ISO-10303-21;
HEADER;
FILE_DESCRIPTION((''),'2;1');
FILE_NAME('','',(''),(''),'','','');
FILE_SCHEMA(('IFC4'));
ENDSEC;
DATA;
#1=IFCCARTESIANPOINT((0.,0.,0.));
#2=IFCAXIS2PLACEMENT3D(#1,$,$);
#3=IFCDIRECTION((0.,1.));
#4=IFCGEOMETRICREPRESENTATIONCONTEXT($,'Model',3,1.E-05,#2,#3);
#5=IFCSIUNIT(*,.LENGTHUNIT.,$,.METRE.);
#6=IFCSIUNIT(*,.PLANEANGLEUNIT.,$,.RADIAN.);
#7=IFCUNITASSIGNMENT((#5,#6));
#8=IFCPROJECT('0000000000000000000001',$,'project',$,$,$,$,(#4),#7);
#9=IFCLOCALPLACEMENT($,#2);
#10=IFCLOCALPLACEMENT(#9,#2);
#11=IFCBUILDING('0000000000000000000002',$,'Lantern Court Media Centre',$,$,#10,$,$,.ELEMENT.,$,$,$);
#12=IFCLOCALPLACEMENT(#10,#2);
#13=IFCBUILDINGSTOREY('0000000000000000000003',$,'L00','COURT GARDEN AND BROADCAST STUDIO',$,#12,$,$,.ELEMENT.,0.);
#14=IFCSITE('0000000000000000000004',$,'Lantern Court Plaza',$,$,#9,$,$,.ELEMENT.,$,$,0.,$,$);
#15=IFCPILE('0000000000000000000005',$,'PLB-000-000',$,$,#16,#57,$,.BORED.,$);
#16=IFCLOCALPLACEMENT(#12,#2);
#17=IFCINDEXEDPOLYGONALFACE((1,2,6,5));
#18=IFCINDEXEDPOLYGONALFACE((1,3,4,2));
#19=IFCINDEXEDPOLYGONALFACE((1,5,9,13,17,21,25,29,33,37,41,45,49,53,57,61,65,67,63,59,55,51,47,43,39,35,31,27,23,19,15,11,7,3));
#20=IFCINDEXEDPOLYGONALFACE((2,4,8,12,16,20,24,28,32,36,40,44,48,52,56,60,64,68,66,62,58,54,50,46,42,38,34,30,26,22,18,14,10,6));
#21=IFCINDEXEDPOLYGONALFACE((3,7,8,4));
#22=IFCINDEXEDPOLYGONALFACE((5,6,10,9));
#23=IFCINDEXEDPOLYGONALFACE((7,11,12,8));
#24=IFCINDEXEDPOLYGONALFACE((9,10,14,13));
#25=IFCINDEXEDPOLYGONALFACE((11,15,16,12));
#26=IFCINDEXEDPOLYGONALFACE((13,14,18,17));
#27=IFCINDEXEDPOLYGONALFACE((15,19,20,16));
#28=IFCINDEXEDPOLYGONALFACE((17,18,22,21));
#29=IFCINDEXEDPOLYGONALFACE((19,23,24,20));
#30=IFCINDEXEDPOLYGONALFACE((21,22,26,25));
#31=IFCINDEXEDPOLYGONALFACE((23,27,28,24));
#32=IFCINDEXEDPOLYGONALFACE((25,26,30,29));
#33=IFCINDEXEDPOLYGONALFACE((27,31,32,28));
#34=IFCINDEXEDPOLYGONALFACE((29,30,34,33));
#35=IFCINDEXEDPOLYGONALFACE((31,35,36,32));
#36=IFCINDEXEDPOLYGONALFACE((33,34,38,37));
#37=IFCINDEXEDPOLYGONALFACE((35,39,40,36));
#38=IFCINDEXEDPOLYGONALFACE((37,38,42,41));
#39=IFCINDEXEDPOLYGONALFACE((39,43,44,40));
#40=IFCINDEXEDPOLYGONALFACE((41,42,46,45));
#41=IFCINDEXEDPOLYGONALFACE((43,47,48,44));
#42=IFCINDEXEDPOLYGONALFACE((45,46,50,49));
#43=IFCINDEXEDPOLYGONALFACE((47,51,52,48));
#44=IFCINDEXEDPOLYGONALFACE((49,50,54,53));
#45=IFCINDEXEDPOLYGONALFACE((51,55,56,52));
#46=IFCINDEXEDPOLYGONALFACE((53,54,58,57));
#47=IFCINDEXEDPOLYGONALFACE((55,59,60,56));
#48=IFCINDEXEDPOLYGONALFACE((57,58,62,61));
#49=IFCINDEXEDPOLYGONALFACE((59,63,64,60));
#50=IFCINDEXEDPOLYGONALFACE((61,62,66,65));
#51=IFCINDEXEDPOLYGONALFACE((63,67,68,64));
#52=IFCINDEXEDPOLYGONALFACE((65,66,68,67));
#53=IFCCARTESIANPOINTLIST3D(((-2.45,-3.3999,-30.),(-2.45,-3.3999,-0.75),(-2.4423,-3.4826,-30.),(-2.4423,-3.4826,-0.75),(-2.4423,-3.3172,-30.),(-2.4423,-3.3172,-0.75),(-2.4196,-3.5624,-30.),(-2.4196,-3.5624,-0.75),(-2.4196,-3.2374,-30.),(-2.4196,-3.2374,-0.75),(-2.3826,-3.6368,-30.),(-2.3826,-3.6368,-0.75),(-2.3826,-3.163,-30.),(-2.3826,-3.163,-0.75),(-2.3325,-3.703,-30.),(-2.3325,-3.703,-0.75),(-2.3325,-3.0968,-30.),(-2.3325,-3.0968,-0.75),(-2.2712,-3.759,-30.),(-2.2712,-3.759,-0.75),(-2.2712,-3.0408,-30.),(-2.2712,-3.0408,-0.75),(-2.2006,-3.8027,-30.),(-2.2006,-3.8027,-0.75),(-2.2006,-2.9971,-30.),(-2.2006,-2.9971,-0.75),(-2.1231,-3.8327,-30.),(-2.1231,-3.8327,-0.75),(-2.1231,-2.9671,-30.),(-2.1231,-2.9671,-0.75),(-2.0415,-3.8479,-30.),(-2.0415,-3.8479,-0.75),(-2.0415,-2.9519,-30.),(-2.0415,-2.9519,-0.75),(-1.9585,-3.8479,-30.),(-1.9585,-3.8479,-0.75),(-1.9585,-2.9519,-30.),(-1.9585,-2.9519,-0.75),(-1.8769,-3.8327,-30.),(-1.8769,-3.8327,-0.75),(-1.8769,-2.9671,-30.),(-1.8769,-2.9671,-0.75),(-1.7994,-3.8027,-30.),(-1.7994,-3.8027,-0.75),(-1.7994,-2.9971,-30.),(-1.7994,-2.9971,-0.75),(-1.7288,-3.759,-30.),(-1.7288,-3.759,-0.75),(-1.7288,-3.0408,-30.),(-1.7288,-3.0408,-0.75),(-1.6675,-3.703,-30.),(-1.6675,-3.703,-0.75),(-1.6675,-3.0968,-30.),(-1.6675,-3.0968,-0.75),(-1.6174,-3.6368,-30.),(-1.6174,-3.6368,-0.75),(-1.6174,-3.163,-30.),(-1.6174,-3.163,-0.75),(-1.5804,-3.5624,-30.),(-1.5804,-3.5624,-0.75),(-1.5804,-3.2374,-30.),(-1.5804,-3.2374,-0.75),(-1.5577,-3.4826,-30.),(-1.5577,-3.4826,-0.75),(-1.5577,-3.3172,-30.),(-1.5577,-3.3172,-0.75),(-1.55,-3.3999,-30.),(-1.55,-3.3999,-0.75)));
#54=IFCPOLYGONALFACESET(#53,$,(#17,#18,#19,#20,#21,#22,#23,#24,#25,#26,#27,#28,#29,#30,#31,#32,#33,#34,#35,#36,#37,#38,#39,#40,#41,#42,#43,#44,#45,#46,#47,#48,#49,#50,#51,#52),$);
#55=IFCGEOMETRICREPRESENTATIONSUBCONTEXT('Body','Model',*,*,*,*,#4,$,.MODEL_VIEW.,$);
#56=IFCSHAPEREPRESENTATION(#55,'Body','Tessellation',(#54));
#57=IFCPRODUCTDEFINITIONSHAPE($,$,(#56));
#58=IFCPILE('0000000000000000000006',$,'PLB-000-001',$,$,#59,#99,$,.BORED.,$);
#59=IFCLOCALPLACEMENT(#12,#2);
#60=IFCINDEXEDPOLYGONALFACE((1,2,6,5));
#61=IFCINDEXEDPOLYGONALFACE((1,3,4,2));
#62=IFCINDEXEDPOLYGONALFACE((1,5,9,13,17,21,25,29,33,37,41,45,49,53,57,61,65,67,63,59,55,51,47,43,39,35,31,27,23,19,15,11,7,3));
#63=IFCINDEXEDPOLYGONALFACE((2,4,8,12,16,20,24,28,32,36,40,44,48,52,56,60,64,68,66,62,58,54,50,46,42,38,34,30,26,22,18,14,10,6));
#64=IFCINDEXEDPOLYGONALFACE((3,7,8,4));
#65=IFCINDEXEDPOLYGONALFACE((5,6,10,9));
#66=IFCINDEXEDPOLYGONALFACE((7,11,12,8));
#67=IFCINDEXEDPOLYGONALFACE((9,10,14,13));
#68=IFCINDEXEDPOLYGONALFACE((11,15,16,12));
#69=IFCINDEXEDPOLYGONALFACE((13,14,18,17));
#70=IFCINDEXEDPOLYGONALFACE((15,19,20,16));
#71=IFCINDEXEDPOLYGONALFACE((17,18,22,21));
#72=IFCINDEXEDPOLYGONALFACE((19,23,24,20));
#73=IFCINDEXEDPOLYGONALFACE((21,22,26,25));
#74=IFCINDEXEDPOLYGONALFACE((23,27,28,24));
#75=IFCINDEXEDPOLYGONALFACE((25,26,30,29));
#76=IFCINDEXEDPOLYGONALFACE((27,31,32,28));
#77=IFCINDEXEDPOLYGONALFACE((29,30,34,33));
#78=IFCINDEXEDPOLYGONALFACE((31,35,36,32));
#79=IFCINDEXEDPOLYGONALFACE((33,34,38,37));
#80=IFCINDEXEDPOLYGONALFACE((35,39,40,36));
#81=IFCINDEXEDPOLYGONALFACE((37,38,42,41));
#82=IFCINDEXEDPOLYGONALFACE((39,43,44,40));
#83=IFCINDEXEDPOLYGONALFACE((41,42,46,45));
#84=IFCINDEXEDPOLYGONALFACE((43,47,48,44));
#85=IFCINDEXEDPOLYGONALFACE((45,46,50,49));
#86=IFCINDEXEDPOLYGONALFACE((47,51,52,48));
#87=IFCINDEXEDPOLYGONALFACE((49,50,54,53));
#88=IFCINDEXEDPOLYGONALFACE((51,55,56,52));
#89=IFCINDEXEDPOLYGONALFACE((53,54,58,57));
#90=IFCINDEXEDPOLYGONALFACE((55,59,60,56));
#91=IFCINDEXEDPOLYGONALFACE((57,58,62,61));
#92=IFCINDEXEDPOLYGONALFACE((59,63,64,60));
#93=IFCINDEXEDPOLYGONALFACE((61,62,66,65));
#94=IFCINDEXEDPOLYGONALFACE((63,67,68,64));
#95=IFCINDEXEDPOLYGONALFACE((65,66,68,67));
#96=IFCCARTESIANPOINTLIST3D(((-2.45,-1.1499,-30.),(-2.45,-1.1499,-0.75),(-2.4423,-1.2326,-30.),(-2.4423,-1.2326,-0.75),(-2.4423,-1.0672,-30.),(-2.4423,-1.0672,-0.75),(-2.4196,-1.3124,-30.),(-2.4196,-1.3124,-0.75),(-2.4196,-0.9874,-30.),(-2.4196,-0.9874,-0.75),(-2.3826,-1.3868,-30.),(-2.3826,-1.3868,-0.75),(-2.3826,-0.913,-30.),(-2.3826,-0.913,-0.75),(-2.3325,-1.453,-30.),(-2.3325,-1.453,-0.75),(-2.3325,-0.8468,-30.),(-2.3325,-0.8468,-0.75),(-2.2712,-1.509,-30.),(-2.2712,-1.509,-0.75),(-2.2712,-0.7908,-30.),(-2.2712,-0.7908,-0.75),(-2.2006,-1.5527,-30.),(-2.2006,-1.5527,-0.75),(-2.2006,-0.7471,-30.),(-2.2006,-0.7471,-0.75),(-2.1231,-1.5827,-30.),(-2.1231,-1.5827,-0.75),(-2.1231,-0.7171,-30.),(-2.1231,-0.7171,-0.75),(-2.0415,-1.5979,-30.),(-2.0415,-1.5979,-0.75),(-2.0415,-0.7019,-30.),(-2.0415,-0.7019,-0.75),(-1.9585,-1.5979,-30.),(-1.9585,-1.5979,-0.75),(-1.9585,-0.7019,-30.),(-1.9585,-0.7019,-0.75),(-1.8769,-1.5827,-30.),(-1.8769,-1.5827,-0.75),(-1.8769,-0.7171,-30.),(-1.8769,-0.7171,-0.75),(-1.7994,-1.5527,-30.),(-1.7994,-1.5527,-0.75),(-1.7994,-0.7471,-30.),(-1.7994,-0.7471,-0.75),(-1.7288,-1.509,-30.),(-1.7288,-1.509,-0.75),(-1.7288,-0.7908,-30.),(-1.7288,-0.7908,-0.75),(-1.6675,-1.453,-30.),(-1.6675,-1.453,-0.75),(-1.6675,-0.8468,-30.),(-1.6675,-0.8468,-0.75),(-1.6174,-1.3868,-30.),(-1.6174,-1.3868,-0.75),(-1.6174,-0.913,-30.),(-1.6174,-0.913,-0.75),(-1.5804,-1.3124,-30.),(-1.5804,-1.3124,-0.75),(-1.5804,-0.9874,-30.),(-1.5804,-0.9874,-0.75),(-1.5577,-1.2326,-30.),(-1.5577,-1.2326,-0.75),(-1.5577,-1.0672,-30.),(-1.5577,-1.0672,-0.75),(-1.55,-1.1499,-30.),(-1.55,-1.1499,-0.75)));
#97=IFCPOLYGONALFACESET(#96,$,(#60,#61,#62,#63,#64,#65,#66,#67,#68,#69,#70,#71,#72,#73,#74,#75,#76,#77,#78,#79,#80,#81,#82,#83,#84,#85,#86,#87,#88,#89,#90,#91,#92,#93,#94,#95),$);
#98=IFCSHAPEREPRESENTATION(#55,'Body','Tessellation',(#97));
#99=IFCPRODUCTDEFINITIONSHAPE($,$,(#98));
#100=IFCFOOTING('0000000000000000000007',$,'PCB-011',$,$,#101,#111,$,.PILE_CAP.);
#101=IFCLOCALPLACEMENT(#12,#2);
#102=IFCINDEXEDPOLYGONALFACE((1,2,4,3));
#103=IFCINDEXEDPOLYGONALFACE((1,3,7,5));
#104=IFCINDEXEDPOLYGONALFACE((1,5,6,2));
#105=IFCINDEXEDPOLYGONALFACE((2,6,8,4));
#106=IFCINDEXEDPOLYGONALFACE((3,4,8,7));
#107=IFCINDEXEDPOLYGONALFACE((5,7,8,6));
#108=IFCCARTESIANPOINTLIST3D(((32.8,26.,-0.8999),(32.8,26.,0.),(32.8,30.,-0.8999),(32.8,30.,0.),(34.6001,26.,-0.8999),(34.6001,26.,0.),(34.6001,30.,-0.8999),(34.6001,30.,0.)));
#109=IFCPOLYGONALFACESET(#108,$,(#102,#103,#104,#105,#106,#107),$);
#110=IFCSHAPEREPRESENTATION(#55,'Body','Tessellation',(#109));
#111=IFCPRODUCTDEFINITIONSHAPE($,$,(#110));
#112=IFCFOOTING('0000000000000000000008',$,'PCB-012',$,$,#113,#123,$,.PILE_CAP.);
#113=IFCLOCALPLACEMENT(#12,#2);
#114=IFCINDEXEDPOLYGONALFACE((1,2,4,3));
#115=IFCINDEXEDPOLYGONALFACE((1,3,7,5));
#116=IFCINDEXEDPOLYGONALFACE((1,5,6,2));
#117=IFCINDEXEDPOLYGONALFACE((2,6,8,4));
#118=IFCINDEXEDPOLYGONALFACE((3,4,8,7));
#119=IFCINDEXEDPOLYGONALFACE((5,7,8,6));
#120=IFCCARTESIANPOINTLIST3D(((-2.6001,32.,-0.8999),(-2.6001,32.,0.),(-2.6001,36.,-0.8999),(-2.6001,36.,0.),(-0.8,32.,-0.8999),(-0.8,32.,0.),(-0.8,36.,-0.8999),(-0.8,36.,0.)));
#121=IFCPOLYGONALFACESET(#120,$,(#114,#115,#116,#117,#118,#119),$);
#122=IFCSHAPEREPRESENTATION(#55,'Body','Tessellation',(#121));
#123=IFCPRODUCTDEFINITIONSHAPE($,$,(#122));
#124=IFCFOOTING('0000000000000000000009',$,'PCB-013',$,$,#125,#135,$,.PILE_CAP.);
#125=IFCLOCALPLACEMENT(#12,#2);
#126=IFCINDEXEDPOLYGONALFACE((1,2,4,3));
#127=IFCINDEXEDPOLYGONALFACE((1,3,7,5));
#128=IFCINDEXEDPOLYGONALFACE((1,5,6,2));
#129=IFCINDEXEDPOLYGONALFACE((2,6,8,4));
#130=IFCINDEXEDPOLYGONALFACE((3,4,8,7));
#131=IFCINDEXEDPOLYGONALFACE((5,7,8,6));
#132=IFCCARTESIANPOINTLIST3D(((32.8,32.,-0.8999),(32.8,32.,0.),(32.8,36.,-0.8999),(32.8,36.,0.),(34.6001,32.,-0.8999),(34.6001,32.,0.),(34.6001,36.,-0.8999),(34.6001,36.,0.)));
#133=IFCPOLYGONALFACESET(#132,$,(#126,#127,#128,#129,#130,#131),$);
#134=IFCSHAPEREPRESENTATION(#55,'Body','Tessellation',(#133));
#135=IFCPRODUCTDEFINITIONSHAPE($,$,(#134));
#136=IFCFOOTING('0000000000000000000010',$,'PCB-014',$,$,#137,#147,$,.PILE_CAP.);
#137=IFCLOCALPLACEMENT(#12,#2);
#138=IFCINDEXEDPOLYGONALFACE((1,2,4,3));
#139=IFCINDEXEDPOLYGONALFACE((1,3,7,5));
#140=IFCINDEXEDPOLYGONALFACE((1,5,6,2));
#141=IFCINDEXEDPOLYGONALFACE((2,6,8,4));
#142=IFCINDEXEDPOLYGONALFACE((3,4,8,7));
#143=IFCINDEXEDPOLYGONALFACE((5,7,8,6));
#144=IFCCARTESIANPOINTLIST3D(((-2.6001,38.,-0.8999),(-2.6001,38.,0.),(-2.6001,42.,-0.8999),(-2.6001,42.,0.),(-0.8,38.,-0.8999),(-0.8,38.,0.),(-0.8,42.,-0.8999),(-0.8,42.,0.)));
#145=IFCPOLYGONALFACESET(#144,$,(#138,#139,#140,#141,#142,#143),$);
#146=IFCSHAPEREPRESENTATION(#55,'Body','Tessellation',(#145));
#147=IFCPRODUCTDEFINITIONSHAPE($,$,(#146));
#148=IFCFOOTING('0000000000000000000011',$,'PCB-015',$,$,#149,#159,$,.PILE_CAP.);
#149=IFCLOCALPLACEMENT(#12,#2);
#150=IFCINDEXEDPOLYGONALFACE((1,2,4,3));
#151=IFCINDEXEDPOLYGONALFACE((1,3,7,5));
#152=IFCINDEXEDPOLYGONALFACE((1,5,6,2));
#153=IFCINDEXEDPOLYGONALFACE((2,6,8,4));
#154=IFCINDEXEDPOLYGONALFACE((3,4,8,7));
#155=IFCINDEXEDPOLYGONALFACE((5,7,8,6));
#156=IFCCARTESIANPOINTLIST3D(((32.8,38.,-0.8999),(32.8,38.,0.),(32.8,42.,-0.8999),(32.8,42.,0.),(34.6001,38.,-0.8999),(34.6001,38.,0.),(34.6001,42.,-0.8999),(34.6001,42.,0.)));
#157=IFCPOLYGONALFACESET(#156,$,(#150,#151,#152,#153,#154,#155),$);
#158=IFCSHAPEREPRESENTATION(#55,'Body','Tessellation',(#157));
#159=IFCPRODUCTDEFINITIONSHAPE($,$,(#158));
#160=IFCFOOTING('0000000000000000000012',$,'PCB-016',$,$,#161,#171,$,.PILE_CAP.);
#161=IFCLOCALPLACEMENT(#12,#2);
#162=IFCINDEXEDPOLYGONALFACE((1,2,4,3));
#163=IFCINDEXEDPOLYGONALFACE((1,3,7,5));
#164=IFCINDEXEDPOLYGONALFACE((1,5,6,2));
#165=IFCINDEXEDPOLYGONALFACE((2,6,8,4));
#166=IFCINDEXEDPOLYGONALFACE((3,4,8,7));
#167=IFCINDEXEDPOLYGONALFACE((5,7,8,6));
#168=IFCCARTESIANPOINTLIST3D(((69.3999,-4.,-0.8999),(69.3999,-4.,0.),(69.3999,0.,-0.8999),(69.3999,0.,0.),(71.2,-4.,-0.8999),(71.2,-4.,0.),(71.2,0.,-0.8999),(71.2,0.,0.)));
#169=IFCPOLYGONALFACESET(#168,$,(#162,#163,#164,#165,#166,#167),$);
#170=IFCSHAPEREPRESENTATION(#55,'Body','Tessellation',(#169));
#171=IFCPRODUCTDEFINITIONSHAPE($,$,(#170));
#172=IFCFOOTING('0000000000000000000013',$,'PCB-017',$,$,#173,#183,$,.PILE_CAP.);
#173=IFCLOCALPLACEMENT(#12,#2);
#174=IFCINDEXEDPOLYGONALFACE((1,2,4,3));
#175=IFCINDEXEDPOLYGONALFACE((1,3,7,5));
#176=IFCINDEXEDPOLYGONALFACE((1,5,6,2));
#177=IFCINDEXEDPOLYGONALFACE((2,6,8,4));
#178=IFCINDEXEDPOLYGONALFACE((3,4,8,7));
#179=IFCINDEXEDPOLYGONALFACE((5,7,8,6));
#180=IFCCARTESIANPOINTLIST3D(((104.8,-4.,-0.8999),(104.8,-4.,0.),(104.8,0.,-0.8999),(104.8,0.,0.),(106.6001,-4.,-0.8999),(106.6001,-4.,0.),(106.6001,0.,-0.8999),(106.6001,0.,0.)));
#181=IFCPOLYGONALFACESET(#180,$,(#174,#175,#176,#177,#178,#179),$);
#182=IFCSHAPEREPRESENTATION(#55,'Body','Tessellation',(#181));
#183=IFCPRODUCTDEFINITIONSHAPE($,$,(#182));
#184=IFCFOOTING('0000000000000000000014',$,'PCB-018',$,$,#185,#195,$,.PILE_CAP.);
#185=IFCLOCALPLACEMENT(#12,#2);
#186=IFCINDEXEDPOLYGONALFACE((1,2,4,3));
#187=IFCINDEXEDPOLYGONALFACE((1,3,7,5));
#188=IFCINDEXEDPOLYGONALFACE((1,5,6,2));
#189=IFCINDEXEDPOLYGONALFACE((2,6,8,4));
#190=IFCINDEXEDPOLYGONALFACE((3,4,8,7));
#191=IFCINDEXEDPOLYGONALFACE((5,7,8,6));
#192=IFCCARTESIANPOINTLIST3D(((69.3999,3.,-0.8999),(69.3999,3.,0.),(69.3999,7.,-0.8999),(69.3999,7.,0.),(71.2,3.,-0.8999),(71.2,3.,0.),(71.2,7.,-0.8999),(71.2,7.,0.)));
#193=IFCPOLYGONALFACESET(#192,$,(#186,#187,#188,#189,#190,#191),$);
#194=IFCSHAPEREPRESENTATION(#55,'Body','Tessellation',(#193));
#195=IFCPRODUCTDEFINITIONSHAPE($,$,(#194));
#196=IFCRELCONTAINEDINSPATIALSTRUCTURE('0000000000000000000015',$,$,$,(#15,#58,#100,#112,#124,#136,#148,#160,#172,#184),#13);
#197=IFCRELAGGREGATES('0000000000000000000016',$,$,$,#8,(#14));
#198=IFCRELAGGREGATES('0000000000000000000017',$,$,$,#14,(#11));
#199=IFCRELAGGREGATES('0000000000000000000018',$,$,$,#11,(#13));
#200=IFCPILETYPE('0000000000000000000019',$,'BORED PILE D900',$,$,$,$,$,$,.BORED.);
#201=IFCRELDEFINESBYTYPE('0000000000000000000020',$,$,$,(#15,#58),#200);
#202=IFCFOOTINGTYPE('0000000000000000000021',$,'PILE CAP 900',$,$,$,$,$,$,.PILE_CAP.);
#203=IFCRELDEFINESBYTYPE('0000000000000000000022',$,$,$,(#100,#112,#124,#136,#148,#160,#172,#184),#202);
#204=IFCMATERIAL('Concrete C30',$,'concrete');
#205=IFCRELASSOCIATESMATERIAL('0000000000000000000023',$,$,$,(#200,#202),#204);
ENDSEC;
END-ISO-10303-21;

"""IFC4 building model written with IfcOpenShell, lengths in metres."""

from ifc_helpers import new_model, si_unit, direction, frame, origin, origin_2d, place, context, subcontext, project, spatial, polyline, circle, outline, extrude, material, material_profile, profile_set, type_object, element, save


model = new_model("IFC4")

# Units and contexts
model_context = context("Model", 3, precision=1e-05, world=origin(), true_north=direction((0.0, 1.0)))
body_context = subcontext(model_context, "Body", "Model", "MODEL_VIEW")
ifc_project = project(units=[si_unit("LENGTHUNIT", "METRE"), si_unit("PLANEANGLEUNIT", "RADIAN")], contexts=[model_context])

# Site, building, storey
site_placement = place(None, origin())
site = spatial("IfcSite", under=ifc_project, at=site_placement, Name="Lantern Court Plaza", CompositionType="ELEMENT", RefElevation=0.0)
building_placement = place(site_placement, origin())
building = spatial("IfcBuilding", under=site, at=building_placement, Name="Lantern Court Media Centre", CompositionType="ELEMENT")
storey_placement = place(building_placement, origin())
storey = spatial("IfcBuildingStorey", under=building, at=storey_placement, Name="L00", Description="COURT GARDEN AND BROADCAST STUDIO", CompositionType="ELEMENT", Elevation=0.0)

# Piles
ifc_material_1 = material(Name="Concrete C30", Category="concrete")
ifc_material_profile_1 = material_profile(ifc_material_1, circle(Radius=0.45, at=origin_2d()), Name="D900")
ifc_profile_set_1 = profile_set([ifc_material_profile_1], Name="Concrete C30")
pile_type = type_object("IfcPileType", Name="BORED PILE D900", PredefinedType="BORED", material=ifc_profile_set_1)
for number, where, z_axis, x_axis, name in (
    (1, (-2.0, -3.3999, -0.75), (0.0, 0.0, -1.0), (1.0, 0.0, 0.0), "PLB-000-000"),
    (2, (-2.0, -1.1499, -0.75), (0.0, 0.0, -1.0), (1.0, 0.0, 0.0), "PLB-000-001"),
):
    element("IfcPile", number, at=place(storey_placement, frame(where, z_axis=z_axis, x_axis=x_axis)), inside=storey, type_object=pile_type, Name=name, PredefinedType="BORED", context=body_context, shape_type="SweptSolid", body=[
        extrude(circle(Radius=0.45, at=origin_2d()), origin(), (0.0, 0.0, 1.0), 29.25),
    ])

# Footings
footing_type = type_object("IfcFootingType", Name="PILE CAP 900", PredefinedType="PILE_CAP", material=ifc_material_1)
footing_1_placement = place(storey_placement, frame((0.0, 0.0, -0.8999)))
element("IfcFooting", 3, at=footing_1_placement, inside=storey, type_object=footing_type, Name="PCB-011", PredefinedType="PILE_CAP", context=body_context, shape_type="SweptSolid", body=[
    extrude(outline(polyline([(34.6001, 26.0), (34.6001, 30.0), (32.8, 30.0), (32.8, 26.0), (34.6001, 26.0)])), origin(), (0.0, 0.0, 1.0), 0.8999),
])
footing_2_placement = place(storey_placement, frame((0.0, 0.0, -0.8999)))
element("IfcFooting", 4, at=footing_2_placement, inside=storey, type_object=footing_type, Name="PCB-012", PredefinedType="PILE_CAP", context=body_context, shape_type="SweptSolid", body=[
    extrude(outline(polyline([(-0.8, 32.0), (-0.8, 36.0), (-2.6001, 36.0), (-2.6001, 32.0), (-0.8, 32.0)])), origin(), (0.0, 0.0, 1.0), 0.8999),
])
footing_3_placement = place(storey_placement, frame((0.0, 0.0, -0.8999)))
element("IfcFooting", 5, at=footing_3_placement, inside=storey, type_object=footing_type, Name="PCB-013", PredefinedType="PILE_CAP", context=body_context, shape_type="SweptSolid", body=[
    extrude(outline(polyline([(34.6001, 32.0), (34.6001, 36.0), (32.8, 36.0), (32.8, 32.0), (34.6001, 32.0)])), origin(), (0.0, 0.0, 1.0), 0.8999),
])
footing_4_placement = place(storey_placement, frame((0.0, 0.0, -0.8999)))
element("IfcFooting", 6, at=footing_4_placement, inside=storey, type_object=footing_type, Name="PCB-014", PredefinedType="PILE_CAP", context=body_context, shape_type="SweptSolid", body=[
    extrude(outline(polyline([(-0.8, 38.0), (-0.8, 42.0), (-2.6001, 42.0), (-2.6001, 38.0), (-0.8, 38.0)])), origin(), (0.0, 0.0, 1.0), 0.8999),
])
footing_5_placement = place(storey_placement, frame((0.0, 0.0, -0.8999)))
element("IfcFooting", 7, at=footing_5_placement, inside=storey, type_object=footing_type, Name="PCB-015", PredefinedType="PILE_CAP", context=body_context, shape_type="SweptSolid", body=[
    extrude(outline(polyline([(34.6001, 38.0), (34.6001, 42.0), (32.8, 42.0), (32.8, 38.0), (34.6001, 38.0)])), origin(), (0.0, 0.0, 1.0), 0.8999),
])
footing_6_placement = place(storey_placement, frame((0.0, 0.0, -0.8999)))
element("IfcFooting", 8, at=footing_6_placement, inside=storey, type_object=footing_type, Name="PCB-016", PredefinedType="PILE_CAP", context=body_context, shape_type="SweptSolid", body=[
    extrude(outline(polyline([(71.2, -4.0), (71.2, 0.0), (69.3999, 0.0), (69.3999, -4.0), (71.2, -4.0)])), origin(), (0.0, 0.0, 1.0), 0.8999),
])
footing_7_placement = place(storey_placement, frame((0.0, 0.0, -0.8999)))
element("IfcFooting", 9, at=footing_7_placement, inside=storey, type_object=footing_type, Name="PCB-017", PredefinedType="PILE_CAP", context=body_context, shape_type="SweptSolid", body=[
    extrude(outline(polyline([(106.6001, -4.0), (106.6001, 0.0), (104.8, 0.0), (104.8, -4.0), (106.6001, -4.0)])), origin(), (0.0, 0.0, 1.0), 0.8999),
])
footing_8_placement = place(storey_placement, frame((0.0, 0.0, -0.8999)))
element("IfcFooting", 10, at=footing_8_placement, inside=storey, type_object=footing_type, Name="PCB-018", PredefinedType="PILE_CAP", context=body_context, shape_type="SweptSolid", body=[
    extrude(outline(polyline([(71.2, 3.0), (71.2, 7.0), (69.3999, 7.0), (69.3999, 3.0), (71.2, 3.0)])), origin(), (0.0, 0.0, 1.0), 0.8999),
])

save(model, "model.ifc")
